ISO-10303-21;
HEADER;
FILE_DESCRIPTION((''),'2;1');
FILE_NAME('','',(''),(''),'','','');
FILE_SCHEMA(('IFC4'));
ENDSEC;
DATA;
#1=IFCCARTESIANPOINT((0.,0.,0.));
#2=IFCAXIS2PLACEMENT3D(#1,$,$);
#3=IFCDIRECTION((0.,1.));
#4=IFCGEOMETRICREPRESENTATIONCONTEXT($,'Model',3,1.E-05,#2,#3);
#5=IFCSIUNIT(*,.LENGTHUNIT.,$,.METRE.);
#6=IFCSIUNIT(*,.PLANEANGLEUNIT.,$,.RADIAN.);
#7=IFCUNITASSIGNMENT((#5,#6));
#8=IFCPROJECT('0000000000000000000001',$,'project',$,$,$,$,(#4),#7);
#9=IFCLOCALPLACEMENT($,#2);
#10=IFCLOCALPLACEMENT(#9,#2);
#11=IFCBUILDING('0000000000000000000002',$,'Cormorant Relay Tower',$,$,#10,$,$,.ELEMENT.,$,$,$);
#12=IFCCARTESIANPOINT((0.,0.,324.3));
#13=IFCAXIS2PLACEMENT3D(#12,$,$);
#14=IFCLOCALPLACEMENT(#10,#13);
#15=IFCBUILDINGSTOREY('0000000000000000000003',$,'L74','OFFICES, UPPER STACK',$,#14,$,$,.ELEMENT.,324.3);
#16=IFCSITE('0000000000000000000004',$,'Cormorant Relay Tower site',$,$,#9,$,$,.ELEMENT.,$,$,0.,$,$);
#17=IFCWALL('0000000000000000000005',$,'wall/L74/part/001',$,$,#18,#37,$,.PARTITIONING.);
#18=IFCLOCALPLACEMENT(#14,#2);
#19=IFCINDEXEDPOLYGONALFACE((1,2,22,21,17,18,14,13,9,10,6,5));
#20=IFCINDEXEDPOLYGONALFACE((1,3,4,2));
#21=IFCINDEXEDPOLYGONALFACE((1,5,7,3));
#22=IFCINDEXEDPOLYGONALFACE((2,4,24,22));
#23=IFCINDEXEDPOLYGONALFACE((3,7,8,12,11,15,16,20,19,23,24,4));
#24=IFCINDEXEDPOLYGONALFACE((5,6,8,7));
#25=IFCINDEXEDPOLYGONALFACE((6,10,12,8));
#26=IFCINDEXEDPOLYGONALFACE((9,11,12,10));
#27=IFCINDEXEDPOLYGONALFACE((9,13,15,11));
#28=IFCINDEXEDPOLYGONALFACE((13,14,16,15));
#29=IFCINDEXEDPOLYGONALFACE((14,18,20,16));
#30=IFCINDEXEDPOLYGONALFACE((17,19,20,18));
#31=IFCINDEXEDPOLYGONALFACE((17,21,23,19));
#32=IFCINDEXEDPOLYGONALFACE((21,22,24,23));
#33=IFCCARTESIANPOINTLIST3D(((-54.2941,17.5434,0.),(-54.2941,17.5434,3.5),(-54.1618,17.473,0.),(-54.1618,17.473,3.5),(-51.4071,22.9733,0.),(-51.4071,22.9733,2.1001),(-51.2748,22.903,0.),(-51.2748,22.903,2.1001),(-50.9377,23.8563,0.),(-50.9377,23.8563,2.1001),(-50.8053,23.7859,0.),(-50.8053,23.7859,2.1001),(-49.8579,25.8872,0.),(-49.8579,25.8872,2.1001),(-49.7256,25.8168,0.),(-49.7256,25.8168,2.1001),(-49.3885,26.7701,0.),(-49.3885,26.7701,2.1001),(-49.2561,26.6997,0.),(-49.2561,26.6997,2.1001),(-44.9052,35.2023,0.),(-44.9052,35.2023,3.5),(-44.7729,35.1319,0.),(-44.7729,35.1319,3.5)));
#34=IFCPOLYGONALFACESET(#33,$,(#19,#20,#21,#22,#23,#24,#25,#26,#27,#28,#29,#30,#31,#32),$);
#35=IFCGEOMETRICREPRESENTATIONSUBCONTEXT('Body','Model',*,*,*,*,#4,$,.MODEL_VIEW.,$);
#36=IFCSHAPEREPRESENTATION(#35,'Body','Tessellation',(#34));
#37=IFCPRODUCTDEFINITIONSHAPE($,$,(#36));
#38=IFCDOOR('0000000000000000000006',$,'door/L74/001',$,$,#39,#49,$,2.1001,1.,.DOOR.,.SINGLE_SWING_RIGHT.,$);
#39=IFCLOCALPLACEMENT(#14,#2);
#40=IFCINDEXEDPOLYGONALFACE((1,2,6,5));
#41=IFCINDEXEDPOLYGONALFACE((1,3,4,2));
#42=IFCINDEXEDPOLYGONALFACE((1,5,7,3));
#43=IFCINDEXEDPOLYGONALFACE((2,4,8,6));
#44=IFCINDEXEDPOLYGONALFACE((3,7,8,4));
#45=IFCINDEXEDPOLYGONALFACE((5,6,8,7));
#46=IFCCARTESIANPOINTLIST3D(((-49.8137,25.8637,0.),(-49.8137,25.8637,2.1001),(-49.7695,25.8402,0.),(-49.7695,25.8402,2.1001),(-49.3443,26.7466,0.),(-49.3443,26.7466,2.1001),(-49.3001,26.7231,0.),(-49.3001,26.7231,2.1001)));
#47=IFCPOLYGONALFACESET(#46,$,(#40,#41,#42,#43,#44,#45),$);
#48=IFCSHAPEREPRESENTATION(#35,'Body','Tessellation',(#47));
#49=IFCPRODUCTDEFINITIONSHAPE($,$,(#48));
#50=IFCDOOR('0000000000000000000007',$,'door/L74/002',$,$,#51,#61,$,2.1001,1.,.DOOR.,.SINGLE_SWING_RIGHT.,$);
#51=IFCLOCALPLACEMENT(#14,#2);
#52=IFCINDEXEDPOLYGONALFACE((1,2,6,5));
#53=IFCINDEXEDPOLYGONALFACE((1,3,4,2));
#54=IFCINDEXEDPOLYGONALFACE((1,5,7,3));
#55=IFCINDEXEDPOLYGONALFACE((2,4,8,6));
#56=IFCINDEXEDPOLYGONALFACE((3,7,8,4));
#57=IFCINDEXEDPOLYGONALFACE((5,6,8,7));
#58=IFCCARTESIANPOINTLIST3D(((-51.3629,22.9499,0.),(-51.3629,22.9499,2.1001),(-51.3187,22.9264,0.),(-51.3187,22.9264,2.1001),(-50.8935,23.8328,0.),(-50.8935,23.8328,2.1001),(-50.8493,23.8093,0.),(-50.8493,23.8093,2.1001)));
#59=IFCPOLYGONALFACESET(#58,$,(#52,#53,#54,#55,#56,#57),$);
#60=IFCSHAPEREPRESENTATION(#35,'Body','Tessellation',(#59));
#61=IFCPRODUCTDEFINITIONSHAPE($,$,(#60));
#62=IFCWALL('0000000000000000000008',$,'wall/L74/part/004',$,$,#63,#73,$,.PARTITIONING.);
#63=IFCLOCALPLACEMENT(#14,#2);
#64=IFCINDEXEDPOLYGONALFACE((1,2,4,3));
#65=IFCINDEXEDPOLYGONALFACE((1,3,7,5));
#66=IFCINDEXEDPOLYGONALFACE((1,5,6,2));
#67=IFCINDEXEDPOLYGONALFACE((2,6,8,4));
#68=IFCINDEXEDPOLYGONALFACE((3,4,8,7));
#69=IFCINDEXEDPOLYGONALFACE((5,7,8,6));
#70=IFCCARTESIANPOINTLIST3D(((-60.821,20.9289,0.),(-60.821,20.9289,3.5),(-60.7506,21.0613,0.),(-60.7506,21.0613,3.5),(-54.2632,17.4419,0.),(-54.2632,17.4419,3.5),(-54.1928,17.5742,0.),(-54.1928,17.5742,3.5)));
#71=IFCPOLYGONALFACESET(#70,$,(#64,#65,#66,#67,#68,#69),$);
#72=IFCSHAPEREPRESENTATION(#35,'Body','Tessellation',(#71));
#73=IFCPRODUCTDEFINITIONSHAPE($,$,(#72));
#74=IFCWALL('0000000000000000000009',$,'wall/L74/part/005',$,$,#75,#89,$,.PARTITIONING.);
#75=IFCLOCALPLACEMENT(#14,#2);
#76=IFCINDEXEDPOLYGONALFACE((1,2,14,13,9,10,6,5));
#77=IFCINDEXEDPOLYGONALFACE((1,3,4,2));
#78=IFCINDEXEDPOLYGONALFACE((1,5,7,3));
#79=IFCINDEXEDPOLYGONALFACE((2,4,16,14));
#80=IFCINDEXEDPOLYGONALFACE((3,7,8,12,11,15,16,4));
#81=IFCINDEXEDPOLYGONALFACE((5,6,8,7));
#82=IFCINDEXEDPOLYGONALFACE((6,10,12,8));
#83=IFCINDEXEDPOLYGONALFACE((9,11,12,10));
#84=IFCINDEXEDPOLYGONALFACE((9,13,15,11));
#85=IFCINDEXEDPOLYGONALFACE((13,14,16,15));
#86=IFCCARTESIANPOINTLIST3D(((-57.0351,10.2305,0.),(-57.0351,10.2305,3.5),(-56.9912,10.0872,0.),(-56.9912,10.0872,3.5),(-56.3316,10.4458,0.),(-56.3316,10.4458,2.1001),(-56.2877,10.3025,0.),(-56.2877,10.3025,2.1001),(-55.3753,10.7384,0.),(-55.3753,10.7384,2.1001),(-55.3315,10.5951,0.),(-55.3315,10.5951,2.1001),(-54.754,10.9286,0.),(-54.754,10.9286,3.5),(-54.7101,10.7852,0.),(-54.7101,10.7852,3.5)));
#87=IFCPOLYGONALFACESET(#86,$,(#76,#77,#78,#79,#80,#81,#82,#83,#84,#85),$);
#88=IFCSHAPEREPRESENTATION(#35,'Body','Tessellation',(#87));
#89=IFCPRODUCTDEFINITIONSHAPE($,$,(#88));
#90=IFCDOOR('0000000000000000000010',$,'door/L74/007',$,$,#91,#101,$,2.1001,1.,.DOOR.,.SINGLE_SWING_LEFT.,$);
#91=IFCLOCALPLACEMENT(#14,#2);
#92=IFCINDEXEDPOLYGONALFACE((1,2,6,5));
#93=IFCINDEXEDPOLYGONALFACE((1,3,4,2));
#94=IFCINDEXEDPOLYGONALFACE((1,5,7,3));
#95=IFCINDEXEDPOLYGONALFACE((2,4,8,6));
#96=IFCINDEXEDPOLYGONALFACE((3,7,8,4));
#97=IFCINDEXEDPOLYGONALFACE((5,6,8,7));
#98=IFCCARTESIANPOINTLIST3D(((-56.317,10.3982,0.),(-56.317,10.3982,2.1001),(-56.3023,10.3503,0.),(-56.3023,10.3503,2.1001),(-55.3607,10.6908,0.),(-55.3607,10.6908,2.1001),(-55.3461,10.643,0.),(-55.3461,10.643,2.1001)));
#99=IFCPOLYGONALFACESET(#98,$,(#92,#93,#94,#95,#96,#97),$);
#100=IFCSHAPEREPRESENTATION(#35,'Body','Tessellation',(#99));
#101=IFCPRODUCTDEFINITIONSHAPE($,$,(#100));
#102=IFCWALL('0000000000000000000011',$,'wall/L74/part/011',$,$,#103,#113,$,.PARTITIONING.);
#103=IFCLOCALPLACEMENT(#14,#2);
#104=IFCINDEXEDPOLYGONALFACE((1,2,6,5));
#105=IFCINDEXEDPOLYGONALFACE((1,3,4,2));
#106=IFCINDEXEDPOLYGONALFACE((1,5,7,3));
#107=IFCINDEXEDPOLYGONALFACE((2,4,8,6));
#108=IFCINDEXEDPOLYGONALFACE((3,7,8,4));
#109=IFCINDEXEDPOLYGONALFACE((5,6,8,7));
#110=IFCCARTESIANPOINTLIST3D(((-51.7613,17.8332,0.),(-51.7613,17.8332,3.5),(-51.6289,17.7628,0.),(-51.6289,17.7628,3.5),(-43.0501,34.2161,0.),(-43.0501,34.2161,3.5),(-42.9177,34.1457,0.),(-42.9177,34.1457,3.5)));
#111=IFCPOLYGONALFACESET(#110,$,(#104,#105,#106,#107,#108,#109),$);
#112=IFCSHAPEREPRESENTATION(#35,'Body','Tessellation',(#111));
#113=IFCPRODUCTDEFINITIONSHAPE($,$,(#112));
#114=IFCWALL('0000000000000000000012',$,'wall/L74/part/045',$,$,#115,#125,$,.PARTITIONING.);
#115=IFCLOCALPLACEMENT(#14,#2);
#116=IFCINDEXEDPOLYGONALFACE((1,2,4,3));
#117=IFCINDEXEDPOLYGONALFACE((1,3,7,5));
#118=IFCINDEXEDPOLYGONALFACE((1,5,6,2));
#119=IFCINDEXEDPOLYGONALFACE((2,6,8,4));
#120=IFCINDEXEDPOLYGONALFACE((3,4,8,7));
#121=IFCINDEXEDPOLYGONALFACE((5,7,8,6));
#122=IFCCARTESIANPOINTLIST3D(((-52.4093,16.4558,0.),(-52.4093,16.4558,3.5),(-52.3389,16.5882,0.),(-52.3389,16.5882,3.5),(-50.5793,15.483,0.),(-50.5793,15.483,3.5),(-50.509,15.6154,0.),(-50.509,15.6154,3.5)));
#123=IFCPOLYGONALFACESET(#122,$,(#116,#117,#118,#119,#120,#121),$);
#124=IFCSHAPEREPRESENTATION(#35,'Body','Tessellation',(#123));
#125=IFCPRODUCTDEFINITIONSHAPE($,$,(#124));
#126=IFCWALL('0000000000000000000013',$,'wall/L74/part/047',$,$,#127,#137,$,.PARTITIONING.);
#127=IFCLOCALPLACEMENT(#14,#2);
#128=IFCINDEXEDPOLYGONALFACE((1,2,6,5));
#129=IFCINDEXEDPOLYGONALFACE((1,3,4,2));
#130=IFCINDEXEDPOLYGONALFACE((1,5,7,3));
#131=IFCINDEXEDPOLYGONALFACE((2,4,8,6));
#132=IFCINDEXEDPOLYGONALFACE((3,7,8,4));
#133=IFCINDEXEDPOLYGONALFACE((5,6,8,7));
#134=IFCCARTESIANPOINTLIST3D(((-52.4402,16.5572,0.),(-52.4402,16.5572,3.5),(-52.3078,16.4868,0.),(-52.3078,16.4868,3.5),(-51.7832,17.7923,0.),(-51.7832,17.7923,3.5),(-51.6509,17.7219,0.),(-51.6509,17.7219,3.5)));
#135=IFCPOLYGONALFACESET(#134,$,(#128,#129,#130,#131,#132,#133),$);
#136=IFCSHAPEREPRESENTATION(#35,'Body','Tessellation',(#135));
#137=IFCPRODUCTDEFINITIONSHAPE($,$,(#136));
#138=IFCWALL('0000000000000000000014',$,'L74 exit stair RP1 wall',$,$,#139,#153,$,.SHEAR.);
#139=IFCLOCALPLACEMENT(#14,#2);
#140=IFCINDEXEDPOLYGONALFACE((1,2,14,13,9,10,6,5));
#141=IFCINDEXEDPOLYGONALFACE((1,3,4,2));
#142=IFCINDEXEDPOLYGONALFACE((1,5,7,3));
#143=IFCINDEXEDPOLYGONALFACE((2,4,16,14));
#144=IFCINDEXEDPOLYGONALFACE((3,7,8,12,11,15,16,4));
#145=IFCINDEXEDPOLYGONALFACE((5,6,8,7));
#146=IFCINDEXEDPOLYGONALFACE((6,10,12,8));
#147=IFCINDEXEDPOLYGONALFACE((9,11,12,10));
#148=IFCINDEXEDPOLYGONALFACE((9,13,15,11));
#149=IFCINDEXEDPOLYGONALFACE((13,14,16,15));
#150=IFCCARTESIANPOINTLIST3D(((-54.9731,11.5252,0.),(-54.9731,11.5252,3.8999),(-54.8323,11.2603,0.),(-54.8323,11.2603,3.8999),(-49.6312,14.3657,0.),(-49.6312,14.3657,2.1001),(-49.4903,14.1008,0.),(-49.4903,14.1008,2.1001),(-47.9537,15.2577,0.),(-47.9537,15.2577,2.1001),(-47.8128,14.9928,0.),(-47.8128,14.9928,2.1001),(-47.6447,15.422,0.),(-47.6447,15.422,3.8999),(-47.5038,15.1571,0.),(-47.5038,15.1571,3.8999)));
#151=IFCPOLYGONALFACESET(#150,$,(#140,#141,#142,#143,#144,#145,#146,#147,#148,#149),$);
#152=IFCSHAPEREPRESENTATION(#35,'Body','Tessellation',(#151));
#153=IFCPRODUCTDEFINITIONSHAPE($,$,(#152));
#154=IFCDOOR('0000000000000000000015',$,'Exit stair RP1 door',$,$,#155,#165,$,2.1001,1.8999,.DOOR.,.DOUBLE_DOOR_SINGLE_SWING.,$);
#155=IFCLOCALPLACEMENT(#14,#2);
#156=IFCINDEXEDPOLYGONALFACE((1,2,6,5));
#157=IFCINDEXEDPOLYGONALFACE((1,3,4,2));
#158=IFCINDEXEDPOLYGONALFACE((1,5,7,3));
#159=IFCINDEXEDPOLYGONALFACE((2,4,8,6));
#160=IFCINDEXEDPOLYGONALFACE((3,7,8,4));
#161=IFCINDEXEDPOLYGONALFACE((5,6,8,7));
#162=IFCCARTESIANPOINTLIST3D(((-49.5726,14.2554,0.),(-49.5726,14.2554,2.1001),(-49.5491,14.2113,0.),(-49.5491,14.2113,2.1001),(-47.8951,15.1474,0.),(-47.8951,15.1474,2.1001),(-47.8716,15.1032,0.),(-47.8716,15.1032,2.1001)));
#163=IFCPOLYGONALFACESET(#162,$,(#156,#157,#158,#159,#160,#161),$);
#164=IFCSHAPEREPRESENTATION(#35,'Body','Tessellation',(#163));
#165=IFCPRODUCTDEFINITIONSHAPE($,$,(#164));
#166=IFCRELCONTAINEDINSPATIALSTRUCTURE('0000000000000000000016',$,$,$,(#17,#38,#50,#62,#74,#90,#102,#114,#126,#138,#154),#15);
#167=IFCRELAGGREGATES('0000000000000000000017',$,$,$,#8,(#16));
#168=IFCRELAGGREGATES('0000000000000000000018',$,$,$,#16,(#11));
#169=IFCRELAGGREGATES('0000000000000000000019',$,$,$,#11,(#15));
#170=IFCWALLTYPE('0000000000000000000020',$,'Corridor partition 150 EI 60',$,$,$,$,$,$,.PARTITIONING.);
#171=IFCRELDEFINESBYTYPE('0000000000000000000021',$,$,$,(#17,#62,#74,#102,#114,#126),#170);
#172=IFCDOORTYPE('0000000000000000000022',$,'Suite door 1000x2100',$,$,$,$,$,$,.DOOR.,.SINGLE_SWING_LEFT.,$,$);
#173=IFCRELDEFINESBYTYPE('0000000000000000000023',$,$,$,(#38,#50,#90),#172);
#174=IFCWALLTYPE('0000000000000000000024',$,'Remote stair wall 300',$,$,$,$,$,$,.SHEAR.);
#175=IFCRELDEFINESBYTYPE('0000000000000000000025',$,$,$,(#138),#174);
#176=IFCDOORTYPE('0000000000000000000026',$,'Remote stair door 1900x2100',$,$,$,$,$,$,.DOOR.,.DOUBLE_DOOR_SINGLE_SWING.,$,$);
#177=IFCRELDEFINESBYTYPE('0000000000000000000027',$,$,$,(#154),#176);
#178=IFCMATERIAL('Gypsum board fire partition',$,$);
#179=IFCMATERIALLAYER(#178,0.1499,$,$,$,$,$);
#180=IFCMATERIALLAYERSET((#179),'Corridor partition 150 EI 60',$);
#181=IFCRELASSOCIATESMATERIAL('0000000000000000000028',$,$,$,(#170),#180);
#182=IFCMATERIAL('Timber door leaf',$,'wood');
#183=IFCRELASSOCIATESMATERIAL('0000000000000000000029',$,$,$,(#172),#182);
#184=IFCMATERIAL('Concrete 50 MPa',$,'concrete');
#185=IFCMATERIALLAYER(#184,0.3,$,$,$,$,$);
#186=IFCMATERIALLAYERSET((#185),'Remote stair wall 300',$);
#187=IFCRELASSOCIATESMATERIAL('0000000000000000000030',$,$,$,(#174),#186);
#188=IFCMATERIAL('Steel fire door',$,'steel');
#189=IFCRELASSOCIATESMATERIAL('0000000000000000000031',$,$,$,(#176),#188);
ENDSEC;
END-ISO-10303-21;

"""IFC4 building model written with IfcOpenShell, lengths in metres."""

from ifc_helpers import new_model, si_unit, direction, frame, frame_2d, origin, place, context, subcontext, project, spatial, rectangle, extrude, material, layer, layer_set, type_object, element, fill, save


model = new_model("IFC4")

# Units and contexts
model_context = context("Model", 3, precision=1e-05, world=origin(), true_north=direction((0.0, 1.0)))
body_context = subcontext(model_context, "Body", "Model", "MODEL_VIEW")
ifc_project = project(units=[si_unit("LENGTHUNIT", "METRE"), si_unit("PLANEANGLEUNIT", "RADIAN")], contexts=[model_context])

# Site, building, storey
site_placement = place(None, origin())
site = spatial("IfcSite", under=ifc_project, at=site_placement, Name="Cormorant Relay Tower site", CompositionType="ELEMENT", RefElevation=0.0)
building_placement = place(site_placement, origin())
building = spatial("IfcBuilding", under=site, at=building_placement, Name="Cormorant Relay Tower", CompositionType="ELEMENT")
storey_placement = place(building_placement, frame((0.0, 0.0, 324.3)))
storey = spatial("IfcBuildingStorey", under=building, at=storey_placement, Name="L74", Description="OFFICES, UPPER STACK", CompositionType="ELEMENT", Elevation=324.3)

# Wall, openings, doors
ifc_material_1 = material(Name="Gypsum board fire partition")
ifc_layer_1 = layer(ifc_material_1, 0.1499)
ifc_layer_set_1 = layer_set([ifc_layer_1], Name="Corridor partition 150 EI 60")
wall_type_1 = type_object("IfcWallType", Name="Corridor partition 150 EI 60", PredefinedType="PARTITIONING", material=ifc_layer_set_1)
wall_1_placement = place(storey_placement, frame((-54.228, 17.5081, 0.0), z_axis=(0.0, 0.0, 1.0), x_axis=(0.469452, 0.882958, 0.0)))
wall_1 = element("IfcWall", 1, at=wall_1_placement, inside=storey, type_object=wall_type_1, Name="wall/L74/part/001", PredefinedType="PARTITIONING", context=body_context, shape_type="SweptSolid", body=[
    extrude(rectangle(XDim=19.9998, YDim=0.1499, at=frame_2d((10.0, 0.0))), origin(), (0.0, 0.0, 1.0), 3.5),
])
opening_1_placement = place(wall_1_placement, frame((9.45, 0.0, 0.0)))
opening_1 = element("IfcOpeningElement", 2, at=opening_1_placement, cuts=wall_1, PredefinedType="OPENING", context=body_context, shape_type="SweptSolid", body=[
    extrude(rectangle(XDim=1.0, YDim=2.1001, at=frame_2d((0.5, 1.05))), frame((0.0, 0.085, 0.0), z_axis=(0.0, -1.0, 0.0), x_axis=(1.0, 0.0, 0.0)), (0.0, 0.0, 1.0), 0.1699),
])
opening_2_placement = place(wall_1_placement, frame((6.1499, 0.0, 0.0)))
opening_2 = element("IfcOpeningElement", 3, at=opening_2_placement, cuts=wall_1, PredefinedType="OPENING", context=body_context, shape_type="SweptSolid", body=[
    extrude(rectangle(XDim=1.0, YDim=2.1001, at=frame_2d((0.5, 1.05))), frame((0.0, 0.085, 0.0), z_axis=(0.0, -1.0, 0.0), x_axis=(1.0, 0.0, 0.0)), (0.0, 0.0, 1.0), 0.1699),
])
ifc_material_2 = material(Name="Timber door leaf", Category="wood")
door_type_1 = type_object("IfcDoorType", Name="Suite door 1000x2100", OperationType="SINGLE_SWING_LEFT", PredefinedType="DOOR", material=ifc_material_2)
door_1_placement = place(opening_1_placement, origin())
door_1 = element("IfcDoor", 4, at=door_1_placement, inside=storey, type_object=door_type_1, Name="door/L74/001", OperationType="SINGLE_SWING_RIGHT", OverallHeight=2.1001, OverallWidth=1.0, PredefinedType="DOOR", context=body_context, shape_type="SweptSolid", body=[
    extrude(rectangle(XDim=1.0, YDim=2.1001, at=frame_2d((0.5, 1.05))), frame((0.0, 0.0249, 0.0), z_axis=(0.0, -1.0, 0.0), x_axis=(1.0, 0.0, 0.0)), (0.0, 0.0, 1.0), 0.05),
])
fill(opening_1, door_1)
door_2_placement = place(opening_2_placement, origin())
door_2 = element("IfcDoor", 5, at=door_2_placement, inside=storey, type_object=door_type_1, Name="door/L74/002", OperationType="SINGLE_SWING_RIGHT", OverallHeight=2.1001, OverallWidth=1.0, PredefinedType="DOOR", context=body_context, shape_type="SweptSolid", body=[
    extrude(rectangle(XDim=1.0, YDim=2.1001, at=frame_2d((0.5, 1.05))), frame((0.0, 0.0249, 0.0), z_axis=(0.0, -1.0, 0.0), x_axis=(1.0, 0.0, 0.0)), (0.0, 0.0, 1.0), 0.05),
])
fill(opening_2, door_2)

# Wall
wall_2_placement = place(storey_placement, frame((-54.228, 17.5081, 0.0), z_axis=(0.0, 0.0, 1.0), x_axis=(-0.882937, 0.469491, 0.0)))
element("IfcWall", 6, at=wall_2_placement, inside=storey, type_object=wall_type_1, Name="wall/L74/part/004", PredefinedType="PARTITIONING", context=body_context, shape_type="SweptSolid", body=[
    extrude(rectangle(XDim=7.4272, YDim=0.1499, at=frame_2d((3.7136, 0.0))), origin(), (0.0, 0.0, 1.0), 3.5),
])

# Wall, opening, door
wall_3_placement = place(storey_placement, frame((-54.7319, 10.8569, 0.0), z_axis=(0.0, 0.0, 1.0), x_axis=(-0.956232, -0.292611, 0.0)))
wall_3 = element("IfcWall", 7, at=wall_3_placement, inside=storey, type_object=wall_type_1, Name="wall/L74/part/005", PredefinedType="PARTITIONING", context=body_context, shape_type="SweptSolid", body=[
    extrude(rectangle(XDim=2.3855, YDim=0.1499, at=frame_2d((1.1929, 0.0))), origin(), (0.0, 0.0, 1.0), 3.5),
])
opening_3_placement = place(wall_3_placement, frame((0.6499, 0.0, 0.0)))
opening_3 = element("IfcOpeningElement", 8, at=opening_3_placement, cuts=wall_3, PredefinedType="OPENING", context=body_context, shape_type="SweptSolid", body=[
    extrude(rectangle(XDim=1.0, YDim=2.1001, at=frame_2d((0.5, 1.05))), frame((0.0, 0.085, 0.0), z_axis=(0.0, -1.0, 0.0), x_axis=(1.0, 0.0, 0.0)), (0.0, 0.0, 1.0), 0.1699),
])
door_3_placement = place(opening_3_placement, origin())
door_3 = element("IfcDoor", 9, at=door_3_placement, inside=storey, type_object=door_type_1, Name="door/L74/007", OperationType="SINGLE_SWING_LEFT", OverallHeight=2.1001, OverallWidth=1.0, PredefinedType="DOOR", context=body_context, shape_type="SweptSolid", body=[
    extrude(rectangle(XDim=1.0, YDim=2.1001, at=frame_2d((0.5, 1.05))), frame((0.0, 0.0249, 0.0), z_axis=(0.0, -1.0, 0.0), x_axis=(1.0, 0.0, 0.0)), (0.0, 0.0, 1.0), 0.05),
])
fill(opening_3, door_3)

# Walls
wall_4_placement = place(storey_placement, frame((-51.6951, 17.7981, 0.0), z_axis=(0.0, 0.0, 1.0), x_axis=(0.469484, 0.882941, 0.0)))
element("IfcWall", 10, at=wall_4_placement, inside=storey, type_object=wall_type_1, Name="wall/L74/part/011", PredefinedType="PARTITIONING", context=body_context, shape_type="SweptSolid", body=[
    extrude(rectangle(XDim=18.5549, YDim=0.1499, at=frame_2d((9.2773, 0.0))), origin(), (0.0, 0.0, 1.0), 3.5),
])
wall_5_placement = place(storey_placement, frame((-52.374, 16.522, 0.0), z_axis=(0.0, 0.0, 1.0), x_axis=(0.882981, -0.469408, 0.0)))
element("IfcWall", 11, at=wall_5_placement, inside=storey, type_object=wall_type_1, Name="wall/L74/part/045", PredefinedType="PARTITIONING", context=body_context, shape_type="SweptSolid", body=[
    extrude(rectangle(XDim=2.0725, YDim=0.1499, at=frame_2d((1.0361, 0.0))), origin(), (0.0, 0.0, 1.0), 3.5),
])
wall_6_placement = place(storey_placement, frame((-51.717, 17.7571, 0.0), z_axis=(0.0, 0.0, 1.0), x_axis=(-0.469619, -0.882869, 0.0)))
element("IfcWall", 12, at=wall_6_placement, inside=storey, type_object=wall_type_1, Name="wall/L74/part/047", PredefinedType="PARTITIONING", context=body_context, shape_type="SweptSolid", body=[
    extrude(rectangle(XDim=1.3989, YDim=0.1499, at=frame_2d((0.6995, 0.0))), origin(), (0.0, 0.0, 1.0), 3.5),
])

# Wall, opening, door
ifc_material_3 = material(Name="Concrete 50 MPa", Category="concrete")
ifc_layer_2 = layer(ifc_material_3, 0.3)
ifc_layer_set_2 = layer_set([ifc_layer_2], Name="Remote stair wall 300")
wall_type_2 = type_object("IfcWallType", Name="Remote stair wall 300", PredefinedType="SHEAR", material=ifc_layer_set_2)
wall_7_placement = place(storey_placement, frame((-54.9026, 11.3928, 0.0), z_axis=(0.0, 0.0, 1.0), x_axis=(0.882939, 0.469487, 0.0)))
wall_7 = element("IfcWall", 13, at=wall_7_placement, inside=storey, type_object=wall_type_2, Name="L74 exit stair RP1 wall", PredefinedType="SHEAR", context=body_context, shape_type="SweptSolid", body=[
    extrude(rectangle(XDim=8.3, YDim=0.3, at=frame_2d((4.1499, 0.0))), origin(), (0.0, 0.0, 1.0), 3.8999),
])
opening_4_placement = place(wall_7_placement, frame((6.05, 0.0, 0.0)))
opening_4 = element("IfcOpeningElement", 14, at=opening_4_placement, cuts=wall_7, PredefinedType="OPENING", context=body_context, shape_type="SweptSolid", body=[
    extrude(rectangle(XDim=1.8999, YDim=2.1001, at=frame_2d((0.95, 1.05))), frame((0.0, 0.1599, 0.0), z_axis=(0.0, -1.0, 0.0), x_axis=(1.0, 0.0, 0.0)), (0.0, 0.0, 1.0), 0.3201),
])
ifc_material_4 = material(Name="Steel fire door", Category="steel")
door_type_2 = type_object("IfcDoorType", Name="Remote stair door 1900x2100", OperationType="DOUBLE_DOOR_SINGLE_SWING", PredefinedType="DOOR", material=ifc_material_4)
door_4_placement = place(opening_4_placement, frame((1.8999, 0.0, 0.0), z_axis=(0.0, 0.0, 1.0), x_axis=(-1.0, 0.0, 0.0)))
door_4 = element("IfcDoor", 15, at=door_4_placement, inside=storey, type_object=door_type_2, Name="Exit stair RP1 door", OperationType="DOUBLE_DOOR_SINGLE_SWING", OverallHeight=2.1001, OverallWidth=1.8999, PredefinedType="DOOR", context=body_context, shape_type="SweptSolid", body=[
    extrude(rectangle(XDim=1.8999, YDim=2.1001, at=frame_2d((0.95, 1.05))), frame((0.0, 0.0249, 0.0), z_axis=(0.0, -1.0, 0.0), x_axis=(1.0, 0.0, 0.0)), (0.0, 0.0, 1.0), 0.05),
])
fill(opening_4, door_4)

save(model, "model.ifc")
